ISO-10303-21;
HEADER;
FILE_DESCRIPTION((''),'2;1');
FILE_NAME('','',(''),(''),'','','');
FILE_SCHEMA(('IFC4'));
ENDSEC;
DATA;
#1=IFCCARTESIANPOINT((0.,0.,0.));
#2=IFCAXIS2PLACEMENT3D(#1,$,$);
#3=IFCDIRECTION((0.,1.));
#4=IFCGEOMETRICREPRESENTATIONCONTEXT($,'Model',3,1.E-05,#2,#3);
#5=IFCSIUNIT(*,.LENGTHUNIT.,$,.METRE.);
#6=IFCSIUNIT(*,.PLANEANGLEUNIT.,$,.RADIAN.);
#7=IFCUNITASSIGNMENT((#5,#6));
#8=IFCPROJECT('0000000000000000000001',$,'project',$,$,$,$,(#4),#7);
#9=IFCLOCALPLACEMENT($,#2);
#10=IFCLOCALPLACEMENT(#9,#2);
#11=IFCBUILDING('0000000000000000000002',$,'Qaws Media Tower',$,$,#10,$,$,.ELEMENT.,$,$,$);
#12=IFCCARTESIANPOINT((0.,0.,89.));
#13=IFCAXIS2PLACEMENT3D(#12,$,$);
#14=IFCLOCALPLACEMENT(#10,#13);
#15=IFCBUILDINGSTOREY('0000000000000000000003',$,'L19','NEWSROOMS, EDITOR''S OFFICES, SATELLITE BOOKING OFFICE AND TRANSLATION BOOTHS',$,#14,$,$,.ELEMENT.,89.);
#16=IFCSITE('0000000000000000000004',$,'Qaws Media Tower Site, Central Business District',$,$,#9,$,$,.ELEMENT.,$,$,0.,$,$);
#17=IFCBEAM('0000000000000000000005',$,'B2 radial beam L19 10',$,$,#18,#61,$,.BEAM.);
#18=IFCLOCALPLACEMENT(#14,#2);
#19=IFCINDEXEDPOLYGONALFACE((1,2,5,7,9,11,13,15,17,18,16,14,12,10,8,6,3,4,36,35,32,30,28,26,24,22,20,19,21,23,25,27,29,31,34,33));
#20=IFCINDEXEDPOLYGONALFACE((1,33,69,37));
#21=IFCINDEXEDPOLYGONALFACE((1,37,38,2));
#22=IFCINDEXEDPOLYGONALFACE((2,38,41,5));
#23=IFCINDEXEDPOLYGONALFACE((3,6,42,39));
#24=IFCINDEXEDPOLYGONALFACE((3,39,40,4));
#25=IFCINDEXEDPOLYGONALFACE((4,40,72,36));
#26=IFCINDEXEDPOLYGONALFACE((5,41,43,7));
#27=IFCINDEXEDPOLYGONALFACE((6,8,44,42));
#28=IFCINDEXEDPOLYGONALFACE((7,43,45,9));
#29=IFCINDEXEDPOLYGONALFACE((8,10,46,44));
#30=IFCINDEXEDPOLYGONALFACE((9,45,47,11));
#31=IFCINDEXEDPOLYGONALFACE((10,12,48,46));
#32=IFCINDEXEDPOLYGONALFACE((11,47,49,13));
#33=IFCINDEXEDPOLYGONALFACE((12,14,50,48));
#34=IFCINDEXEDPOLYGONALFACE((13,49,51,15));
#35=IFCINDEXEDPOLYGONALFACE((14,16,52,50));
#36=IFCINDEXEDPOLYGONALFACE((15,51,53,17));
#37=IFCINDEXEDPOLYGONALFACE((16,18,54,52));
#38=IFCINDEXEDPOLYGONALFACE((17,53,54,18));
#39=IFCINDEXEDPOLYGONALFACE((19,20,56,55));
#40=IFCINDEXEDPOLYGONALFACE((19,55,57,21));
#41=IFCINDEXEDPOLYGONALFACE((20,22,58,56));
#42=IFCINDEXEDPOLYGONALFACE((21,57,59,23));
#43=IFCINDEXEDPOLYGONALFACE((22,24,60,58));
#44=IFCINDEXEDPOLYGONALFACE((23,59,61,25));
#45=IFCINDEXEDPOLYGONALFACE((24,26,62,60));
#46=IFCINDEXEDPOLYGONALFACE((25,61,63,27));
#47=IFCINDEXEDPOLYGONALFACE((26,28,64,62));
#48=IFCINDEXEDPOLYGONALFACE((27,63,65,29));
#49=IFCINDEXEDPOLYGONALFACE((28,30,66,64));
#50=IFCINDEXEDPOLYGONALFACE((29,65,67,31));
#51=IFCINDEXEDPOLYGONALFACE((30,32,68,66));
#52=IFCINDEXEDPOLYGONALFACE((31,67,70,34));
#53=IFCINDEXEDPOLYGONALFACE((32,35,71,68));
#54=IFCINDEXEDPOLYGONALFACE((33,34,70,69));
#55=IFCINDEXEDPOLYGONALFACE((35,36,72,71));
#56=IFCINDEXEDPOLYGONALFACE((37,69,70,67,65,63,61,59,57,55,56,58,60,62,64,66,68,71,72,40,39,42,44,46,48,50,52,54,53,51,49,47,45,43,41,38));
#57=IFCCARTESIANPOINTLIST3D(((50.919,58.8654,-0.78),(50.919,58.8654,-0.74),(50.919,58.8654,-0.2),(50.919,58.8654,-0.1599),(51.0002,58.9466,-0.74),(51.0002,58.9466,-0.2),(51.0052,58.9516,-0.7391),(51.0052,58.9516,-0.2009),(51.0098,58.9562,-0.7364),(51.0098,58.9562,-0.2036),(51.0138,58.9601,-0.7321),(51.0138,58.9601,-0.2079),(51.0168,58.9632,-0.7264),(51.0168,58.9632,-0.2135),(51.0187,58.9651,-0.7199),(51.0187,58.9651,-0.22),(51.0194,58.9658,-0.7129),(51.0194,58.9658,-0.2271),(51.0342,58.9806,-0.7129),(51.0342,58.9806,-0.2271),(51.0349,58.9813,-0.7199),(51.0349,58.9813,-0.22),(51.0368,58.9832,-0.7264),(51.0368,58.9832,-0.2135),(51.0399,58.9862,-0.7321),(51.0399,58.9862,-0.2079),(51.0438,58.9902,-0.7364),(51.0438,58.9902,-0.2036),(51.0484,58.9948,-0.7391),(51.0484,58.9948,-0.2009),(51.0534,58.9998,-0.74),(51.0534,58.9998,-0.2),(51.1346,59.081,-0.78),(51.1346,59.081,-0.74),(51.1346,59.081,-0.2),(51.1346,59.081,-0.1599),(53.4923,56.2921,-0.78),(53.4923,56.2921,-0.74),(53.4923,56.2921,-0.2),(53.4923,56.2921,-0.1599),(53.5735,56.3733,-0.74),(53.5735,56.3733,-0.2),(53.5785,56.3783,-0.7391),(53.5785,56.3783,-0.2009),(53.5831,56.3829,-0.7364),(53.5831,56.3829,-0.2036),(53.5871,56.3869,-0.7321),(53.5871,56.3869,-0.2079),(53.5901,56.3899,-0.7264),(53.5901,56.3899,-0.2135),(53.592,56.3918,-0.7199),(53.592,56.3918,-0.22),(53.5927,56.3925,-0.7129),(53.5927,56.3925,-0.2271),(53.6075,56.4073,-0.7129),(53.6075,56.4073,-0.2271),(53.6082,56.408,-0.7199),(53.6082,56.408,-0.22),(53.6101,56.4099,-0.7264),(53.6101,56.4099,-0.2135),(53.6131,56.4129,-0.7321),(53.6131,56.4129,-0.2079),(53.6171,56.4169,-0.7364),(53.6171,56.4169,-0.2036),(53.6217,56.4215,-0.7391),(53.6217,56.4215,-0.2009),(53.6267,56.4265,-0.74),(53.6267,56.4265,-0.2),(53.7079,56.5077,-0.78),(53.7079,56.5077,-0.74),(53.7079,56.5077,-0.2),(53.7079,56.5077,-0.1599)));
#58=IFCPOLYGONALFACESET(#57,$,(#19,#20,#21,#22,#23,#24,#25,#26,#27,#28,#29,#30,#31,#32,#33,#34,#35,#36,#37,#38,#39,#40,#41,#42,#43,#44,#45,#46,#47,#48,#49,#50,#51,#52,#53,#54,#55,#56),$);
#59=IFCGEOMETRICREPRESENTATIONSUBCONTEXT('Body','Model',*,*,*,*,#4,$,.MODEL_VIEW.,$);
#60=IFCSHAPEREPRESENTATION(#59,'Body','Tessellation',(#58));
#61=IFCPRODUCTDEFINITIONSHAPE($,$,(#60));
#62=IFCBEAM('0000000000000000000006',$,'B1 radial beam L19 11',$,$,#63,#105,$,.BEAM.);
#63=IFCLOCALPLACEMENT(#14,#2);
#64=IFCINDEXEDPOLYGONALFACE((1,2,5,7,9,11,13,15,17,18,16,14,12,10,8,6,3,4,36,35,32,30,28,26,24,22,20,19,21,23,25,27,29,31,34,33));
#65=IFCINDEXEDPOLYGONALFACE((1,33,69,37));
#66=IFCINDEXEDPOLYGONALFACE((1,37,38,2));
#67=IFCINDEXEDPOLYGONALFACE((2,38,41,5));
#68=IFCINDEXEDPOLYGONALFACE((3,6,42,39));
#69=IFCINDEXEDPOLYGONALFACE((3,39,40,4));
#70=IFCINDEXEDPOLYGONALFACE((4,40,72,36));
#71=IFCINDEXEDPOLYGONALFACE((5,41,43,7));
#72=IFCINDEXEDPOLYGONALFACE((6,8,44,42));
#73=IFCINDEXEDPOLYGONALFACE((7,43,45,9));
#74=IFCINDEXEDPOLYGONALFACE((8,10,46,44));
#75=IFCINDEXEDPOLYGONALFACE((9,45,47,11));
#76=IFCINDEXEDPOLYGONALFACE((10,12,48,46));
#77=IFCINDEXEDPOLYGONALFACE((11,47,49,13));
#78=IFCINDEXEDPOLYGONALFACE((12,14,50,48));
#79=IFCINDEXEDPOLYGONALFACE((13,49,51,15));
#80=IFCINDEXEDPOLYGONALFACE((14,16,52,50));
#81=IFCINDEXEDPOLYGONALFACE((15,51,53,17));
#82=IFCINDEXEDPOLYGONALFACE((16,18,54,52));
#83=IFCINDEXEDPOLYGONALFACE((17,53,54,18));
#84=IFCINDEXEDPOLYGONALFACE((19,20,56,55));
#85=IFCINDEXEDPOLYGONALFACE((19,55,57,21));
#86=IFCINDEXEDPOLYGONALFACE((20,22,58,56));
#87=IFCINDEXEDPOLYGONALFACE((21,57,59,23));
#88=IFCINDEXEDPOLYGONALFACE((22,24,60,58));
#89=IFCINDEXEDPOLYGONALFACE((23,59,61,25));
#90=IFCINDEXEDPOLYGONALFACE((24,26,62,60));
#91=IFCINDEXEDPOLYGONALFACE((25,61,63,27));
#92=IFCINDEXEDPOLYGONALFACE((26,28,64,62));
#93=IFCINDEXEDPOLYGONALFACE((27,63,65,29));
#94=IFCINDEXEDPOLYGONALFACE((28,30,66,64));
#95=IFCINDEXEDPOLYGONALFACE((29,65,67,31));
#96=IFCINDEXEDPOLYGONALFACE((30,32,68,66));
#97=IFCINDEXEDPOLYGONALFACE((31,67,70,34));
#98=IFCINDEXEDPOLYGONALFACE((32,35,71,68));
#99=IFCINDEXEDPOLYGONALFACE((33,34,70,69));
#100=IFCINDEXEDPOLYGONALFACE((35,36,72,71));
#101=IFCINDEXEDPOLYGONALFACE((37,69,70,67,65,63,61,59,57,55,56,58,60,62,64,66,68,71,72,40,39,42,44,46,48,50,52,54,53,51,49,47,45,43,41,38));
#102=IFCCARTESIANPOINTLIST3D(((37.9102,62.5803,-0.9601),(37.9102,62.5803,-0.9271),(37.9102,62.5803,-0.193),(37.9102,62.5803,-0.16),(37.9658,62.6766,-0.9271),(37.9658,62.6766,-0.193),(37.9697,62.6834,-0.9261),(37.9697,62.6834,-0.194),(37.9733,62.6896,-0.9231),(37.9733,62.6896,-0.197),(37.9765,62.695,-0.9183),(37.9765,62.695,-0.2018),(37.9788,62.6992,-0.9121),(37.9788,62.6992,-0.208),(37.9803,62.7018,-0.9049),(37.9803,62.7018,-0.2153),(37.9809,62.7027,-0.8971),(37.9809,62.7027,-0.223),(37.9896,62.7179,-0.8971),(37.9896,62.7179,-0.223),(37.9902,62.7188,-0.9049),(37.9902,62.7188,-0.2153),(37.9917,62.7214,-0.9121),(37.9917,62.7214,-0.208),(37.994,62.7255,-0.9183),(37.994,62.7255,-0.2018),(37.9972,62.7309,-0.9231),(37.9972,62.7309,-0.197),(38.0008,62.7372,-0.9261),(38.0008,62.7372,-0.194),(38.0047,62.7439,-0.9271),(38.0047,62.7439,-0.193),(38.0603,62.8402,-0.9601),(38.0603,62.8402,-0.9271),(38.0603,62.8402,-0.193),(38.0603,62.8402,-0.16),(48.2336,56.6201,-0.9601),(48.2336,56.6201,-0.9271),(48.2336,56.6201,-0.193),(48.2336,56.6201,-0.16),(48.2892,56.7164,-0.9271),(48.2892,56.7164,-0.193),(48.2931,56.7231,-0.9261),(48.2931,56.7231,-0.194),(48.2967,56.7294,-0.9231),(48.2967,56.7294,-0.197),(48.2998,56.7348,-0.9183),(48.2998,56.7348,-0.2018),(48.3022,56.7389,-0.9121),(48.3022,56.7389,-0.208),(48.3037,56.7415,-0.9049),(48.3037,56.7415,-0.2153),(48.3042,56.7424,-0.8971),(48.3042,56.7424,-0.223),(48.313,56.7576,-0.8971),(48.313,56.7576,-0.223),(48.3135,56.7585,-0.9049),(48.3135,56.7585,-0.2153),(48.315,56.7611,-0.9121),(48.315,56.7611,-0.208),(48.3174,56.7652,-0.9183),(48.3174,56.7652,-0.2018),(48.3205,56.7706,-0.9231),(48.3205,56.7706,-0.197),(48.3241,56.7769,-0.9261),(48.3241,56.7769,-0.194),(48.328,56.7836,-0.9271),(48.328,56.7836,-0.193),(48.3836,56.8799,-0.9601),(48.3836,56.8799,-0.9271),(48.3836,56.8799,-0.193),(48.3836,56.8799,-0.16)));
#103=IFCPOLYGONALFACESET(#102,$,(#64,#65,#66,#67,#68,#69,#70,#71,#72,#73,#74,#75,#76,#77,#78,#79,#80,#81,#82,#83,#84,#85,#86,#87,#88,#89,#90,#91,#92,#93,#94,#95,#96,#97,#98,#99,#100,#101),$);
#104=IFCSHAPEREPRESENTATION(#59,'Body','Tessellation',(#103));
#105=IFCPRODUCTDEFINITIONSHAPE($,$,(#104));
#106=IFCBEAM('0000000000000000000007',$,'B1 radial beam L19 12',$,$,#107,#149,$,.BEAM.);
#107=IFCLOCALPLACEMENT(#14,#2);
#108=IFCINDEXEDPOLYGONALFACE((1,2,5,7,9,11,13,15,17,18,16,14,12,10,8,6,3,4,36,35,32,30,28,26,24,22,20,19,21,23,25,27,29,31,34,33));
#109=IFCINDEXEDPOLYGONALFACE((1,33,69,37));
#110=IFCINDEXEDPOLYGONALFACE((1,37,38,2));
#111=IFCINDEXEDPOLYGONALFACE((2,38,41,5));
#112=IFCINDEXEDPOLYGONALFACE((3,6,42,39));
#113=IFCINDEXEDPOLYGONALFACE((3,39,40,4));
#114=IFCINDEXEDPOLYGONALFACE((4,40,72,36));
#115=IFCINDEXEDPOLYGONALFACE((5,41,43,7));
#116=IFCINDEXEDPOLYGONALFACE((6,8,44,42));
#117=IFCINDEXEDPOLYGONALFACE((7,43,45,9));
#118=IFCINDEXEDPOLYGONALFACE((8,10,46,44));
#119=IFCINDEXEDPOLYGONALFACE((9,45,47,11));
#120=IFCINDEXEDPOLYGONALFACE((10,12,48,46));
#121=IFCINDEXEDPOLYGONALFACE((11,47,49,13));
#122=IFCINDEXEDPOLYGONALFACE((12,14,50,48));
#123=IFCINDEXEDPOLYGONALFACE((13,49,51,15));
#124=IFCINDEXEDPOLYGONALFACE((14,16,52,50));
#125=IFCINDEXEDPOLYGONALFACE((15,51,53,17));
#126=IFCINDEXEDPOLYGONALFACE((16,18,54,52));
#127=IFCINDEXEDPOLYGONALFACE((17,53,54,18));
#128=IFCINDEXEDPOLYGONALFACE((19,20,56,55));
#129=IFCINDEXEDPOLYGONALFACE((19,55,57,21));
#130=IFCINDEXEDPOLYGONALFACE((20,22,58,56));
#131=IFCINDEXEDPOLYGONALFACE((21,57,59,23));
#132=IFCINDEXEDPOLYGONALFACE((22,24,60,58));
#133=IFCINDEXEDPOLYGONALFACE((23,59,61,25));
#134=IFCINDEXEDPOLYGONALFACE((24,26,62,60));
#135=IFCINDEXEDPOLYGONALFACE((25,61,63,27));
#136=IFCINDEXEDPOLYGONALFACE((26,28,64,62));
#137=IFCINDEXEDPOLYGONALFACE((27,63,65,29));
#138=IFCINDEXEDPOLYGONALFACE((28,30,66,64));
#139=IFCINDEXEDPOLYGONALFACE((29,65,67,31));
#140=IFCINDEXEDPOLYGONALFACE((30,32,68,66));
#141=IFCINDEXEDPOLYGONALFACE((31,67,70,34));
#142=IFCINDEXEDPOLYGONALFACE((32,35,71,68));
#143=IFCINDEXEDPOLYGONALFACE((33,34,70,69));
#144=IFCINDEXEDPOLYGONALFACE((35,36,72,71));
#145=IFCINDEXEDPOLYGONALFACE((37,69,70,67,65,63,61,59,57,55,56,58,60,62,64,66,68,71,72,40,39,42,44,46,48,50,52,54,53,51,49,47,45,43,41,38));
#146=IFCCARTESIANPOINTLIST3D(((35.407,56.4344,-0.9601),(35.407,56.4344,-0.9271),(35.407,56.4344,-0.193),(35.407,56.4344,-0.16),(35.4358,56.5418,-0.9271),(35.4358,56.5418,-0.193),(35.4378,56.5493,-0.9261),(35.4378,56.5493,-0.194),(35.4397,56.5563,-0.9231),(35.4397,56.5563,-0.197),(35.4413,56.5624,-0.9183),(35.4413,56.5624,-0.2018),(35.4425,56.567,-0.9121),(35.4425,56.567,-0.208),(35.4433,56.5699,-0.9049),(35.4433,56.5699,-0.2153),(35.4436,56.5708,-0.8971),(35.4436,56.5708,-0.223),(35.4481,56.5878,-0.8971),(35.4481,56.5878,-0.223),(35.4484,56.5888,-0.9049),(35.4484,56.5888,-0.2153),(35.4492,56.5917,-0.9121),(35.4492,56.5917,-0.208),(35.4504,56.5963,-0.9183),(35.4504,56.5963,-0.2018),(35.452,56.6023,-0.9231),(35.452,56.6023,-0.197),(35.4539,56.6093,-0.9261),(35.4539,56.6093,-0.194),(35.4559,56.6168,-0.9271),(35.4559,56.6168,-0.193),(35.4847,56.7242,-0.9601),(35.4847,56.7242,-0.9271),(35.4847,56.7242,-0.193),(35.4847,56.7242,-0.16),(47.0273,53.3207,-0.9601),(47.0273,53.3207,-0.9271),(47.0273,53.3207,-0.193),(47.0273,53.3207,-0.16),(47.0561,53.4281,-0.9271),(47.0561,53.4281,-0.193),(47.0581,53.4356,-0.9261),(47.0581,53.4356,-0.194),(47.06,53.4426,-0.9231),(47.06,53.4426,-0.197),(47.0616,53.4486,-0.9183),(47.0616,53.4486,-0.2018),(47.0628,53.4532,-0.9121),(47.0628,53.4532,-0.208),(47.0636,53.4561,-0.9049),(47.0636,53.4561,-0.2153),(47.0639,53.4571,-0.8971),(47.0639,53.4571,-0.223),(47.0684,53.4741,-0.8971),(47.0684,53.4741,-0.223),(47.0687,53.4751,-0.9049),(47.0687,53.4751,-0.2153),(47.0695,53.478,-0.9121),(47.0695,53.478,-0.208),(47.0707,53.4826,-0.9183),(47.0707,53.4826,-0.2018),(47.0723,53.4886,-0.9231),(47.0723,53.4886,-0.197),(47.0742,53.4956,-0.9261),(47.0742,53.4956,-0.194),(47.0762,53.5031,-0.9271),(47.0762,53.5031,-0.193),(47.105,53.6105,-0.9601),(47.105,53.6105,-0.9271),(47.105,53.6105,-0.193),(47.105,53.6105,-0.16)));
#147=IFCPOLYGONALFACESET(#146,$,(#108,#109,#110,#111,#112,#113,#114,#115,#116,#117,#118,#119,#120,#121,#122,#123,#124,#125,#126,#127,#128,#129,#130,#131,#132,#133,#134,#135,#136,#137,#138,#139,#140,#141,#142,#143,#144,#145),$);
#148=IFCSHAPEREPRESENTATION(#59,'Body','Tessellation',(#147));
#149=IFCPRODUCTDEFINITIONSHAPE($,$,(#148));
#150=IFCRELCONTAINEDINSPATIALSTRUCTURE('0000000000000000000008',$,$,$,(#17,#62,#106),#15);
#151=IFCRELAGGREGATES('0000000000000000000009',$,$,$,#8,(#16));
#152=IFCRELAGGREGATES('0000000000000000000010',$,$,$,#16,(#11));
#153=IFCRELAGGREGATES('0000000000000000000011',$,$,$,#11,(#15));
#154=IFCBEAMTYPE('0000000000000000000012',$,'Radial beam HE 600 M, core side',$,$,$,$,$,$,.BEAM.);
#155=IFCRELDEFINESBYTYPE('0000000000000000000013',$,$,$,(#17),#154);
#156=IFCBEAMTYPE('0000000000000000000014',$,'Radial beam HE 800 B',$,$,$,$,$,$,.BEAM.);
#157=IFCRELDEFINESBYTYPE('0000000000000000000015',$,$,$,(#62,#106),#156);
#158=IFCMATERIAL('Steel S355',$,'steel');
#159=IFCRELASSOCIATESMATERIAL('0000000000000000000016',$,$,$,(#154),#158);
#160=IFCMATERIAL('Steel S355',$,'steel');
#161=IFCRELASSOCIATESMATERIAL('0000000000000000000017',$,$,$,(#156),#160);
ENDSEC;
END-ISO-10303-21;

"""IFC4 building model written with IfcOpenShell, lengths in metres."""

from ifc_helpers import new_model, si_unit, direction, frame, origin, origin_2d, place, context, subcontext, project, spatial, i_section, extrude, material, material_profile, profile_set, type_object, element, save


model = new_model("IFC4")

# Units and contexts
model_context = context("Model", 3, precision=1e-05, world=origin(), true_north=direction((0.0, 1.0)))
body_context = subcontext(model_context, "Body", "Model", "MODEL_VIEW")
ifc_project = project(units=[si_unit("LENGTHUNIT", "METRE"), si_unit("PLANEANGLEUNIT", "RADIAN")], contexts=[model_context])

# Site, building, storey
site_placement = place(None, origin())
site = spatial("IfcSite", under=ifc_project, at=site_placement, Name="Qaws Media Tower Site, Central Business District", CompositionType="ELEMENT", RefElevation=0.0)
building_placement = place(site_placement, origin())
building = spatial("IfcBuilding", under=site, at=building_placement, Name="Qaws Media Tower", CompositionType="ELEMENT")
storey_placement = place(building_placement, frame((0.0, 0.0, 89.0)))
storey = spatial("IfcBuildingStorey", under=building, at=storey_placement, Name="L19", Description="NEWSROOMS, EDITOR'S OFFICES, SATELLITE BOOKING OFFICE AND TRANSLATION BOOTHS", CompositionType="ELEMENT", Elevation=89.0)

# Beams
ifc_material_1 = material(Name="Steel S355", Category="steel")
ifc_material_profile_1 = material_profile(ifc_material_1, i_section(OverallWidth=0.3049, OverallDepth=0.6201, WebThickness=0.021, FlangeThickness=0.04, FilletRadius=0.0271, at=origin_2d()), Name="HE 600 M")
ifc_profile_set_1 = profile_set([ifc_material_profile_1], Name="Steel S355")
beam_type_1 = type_object("IfcBeamType", Name="Radial beam HE 600 M, core side", PredefinedType="BEAM", material=ifc_profile_set_1)
beam_1_placement = place(storey_placement, frame((53.6001, 56.3999, -0.47), z_axis=(-0.707107, 0.707107, 0.0), x_axis=(-0.707107, -0.707107, 0.0)))
element("IfcBeam", 1, at=beam_1_placement, inside=storey, type_object=beam_type_1, Name="B2 radial beam L19 10", PredefinedType="BEAM", context=body_context, shape_type="SweptSolid", body=[
    extrude(i_section(OverallWidth=0.3049, OverallDepth=0.6201, WebThickness=0.021, FlangeThickness=0.04, FilletRadius=0.0271, at=origin_2d()), origin(), (0.0, 0.0, 1.0), 3.6392),
])
ifc_material_2 = material(Name="Steel S355", Category="steel")
ifc_material_profile_2 = material_profile(ifc_material_2, i_section(OverallWidth=0.3, OverallDepth=0.8, WebThickness=0.0176, FlangeThickness=0.033, FilletRadius=0.03, at=origin_2d()), Name="HE 800 B")
ifc_profile_set_2 = profile_set([ifc_material_profile_2], Name="Steel S355")
beam_type_2 = type_object("IfcBeamType", Name="Radial beam HE 800 B", PredefinedType="BEAM", material=ifc_profile_set_2)
beam_2_placement = place(storey_placement, frame((48.3086, 56.75, -0.5601), z_axis=(-0.866023, 0.500005, 0.0), x_axis=(-0.500005, -0.866023, 0.0)))
element("IfcBeam", 2, at=beam_2_placement, inside=storey, type_object=beam_type_2, Name="B1 radial beam L19 11", PredefinedType="BEAM", context=body_context, shape_type="SweptSolid", body=[
    extrude(i_section(OverallWidth=0.3, OverallDepth=0.8, WebThickness=0.0176, FlangeThickness=0.033, FilletRadius=0.03, at=origin_2d()), origin(), (0.0, 0.0, 1.0), 11.9204),
])
beam_3_placement = place(storey_placement, frame((47.0662, 53.4656, -0.5601), z_axis=(-0.965924, 0.258827, 0.0), x_axis=(-0.258827, -0.965924, 0.0)))
element("IfcBeam", 3, at=beam_3_placement, inside=storey, type_object=beam_type_2, Name="B1 radial beam L19 12", PredefinedType="BEAM", context=body_context, shape_type="SweptSolid", body=[
    extrude(i_section(OverallWidth=0.3, OverallDepth=0.8, WebThickness=0.0176, FlangeThickness=0.033, FilletRadius=0.03, at=origin_2d()), origin(), (0.0, 0.0, 1.0), 12.0303),
])

save(model, "model.ifc")
